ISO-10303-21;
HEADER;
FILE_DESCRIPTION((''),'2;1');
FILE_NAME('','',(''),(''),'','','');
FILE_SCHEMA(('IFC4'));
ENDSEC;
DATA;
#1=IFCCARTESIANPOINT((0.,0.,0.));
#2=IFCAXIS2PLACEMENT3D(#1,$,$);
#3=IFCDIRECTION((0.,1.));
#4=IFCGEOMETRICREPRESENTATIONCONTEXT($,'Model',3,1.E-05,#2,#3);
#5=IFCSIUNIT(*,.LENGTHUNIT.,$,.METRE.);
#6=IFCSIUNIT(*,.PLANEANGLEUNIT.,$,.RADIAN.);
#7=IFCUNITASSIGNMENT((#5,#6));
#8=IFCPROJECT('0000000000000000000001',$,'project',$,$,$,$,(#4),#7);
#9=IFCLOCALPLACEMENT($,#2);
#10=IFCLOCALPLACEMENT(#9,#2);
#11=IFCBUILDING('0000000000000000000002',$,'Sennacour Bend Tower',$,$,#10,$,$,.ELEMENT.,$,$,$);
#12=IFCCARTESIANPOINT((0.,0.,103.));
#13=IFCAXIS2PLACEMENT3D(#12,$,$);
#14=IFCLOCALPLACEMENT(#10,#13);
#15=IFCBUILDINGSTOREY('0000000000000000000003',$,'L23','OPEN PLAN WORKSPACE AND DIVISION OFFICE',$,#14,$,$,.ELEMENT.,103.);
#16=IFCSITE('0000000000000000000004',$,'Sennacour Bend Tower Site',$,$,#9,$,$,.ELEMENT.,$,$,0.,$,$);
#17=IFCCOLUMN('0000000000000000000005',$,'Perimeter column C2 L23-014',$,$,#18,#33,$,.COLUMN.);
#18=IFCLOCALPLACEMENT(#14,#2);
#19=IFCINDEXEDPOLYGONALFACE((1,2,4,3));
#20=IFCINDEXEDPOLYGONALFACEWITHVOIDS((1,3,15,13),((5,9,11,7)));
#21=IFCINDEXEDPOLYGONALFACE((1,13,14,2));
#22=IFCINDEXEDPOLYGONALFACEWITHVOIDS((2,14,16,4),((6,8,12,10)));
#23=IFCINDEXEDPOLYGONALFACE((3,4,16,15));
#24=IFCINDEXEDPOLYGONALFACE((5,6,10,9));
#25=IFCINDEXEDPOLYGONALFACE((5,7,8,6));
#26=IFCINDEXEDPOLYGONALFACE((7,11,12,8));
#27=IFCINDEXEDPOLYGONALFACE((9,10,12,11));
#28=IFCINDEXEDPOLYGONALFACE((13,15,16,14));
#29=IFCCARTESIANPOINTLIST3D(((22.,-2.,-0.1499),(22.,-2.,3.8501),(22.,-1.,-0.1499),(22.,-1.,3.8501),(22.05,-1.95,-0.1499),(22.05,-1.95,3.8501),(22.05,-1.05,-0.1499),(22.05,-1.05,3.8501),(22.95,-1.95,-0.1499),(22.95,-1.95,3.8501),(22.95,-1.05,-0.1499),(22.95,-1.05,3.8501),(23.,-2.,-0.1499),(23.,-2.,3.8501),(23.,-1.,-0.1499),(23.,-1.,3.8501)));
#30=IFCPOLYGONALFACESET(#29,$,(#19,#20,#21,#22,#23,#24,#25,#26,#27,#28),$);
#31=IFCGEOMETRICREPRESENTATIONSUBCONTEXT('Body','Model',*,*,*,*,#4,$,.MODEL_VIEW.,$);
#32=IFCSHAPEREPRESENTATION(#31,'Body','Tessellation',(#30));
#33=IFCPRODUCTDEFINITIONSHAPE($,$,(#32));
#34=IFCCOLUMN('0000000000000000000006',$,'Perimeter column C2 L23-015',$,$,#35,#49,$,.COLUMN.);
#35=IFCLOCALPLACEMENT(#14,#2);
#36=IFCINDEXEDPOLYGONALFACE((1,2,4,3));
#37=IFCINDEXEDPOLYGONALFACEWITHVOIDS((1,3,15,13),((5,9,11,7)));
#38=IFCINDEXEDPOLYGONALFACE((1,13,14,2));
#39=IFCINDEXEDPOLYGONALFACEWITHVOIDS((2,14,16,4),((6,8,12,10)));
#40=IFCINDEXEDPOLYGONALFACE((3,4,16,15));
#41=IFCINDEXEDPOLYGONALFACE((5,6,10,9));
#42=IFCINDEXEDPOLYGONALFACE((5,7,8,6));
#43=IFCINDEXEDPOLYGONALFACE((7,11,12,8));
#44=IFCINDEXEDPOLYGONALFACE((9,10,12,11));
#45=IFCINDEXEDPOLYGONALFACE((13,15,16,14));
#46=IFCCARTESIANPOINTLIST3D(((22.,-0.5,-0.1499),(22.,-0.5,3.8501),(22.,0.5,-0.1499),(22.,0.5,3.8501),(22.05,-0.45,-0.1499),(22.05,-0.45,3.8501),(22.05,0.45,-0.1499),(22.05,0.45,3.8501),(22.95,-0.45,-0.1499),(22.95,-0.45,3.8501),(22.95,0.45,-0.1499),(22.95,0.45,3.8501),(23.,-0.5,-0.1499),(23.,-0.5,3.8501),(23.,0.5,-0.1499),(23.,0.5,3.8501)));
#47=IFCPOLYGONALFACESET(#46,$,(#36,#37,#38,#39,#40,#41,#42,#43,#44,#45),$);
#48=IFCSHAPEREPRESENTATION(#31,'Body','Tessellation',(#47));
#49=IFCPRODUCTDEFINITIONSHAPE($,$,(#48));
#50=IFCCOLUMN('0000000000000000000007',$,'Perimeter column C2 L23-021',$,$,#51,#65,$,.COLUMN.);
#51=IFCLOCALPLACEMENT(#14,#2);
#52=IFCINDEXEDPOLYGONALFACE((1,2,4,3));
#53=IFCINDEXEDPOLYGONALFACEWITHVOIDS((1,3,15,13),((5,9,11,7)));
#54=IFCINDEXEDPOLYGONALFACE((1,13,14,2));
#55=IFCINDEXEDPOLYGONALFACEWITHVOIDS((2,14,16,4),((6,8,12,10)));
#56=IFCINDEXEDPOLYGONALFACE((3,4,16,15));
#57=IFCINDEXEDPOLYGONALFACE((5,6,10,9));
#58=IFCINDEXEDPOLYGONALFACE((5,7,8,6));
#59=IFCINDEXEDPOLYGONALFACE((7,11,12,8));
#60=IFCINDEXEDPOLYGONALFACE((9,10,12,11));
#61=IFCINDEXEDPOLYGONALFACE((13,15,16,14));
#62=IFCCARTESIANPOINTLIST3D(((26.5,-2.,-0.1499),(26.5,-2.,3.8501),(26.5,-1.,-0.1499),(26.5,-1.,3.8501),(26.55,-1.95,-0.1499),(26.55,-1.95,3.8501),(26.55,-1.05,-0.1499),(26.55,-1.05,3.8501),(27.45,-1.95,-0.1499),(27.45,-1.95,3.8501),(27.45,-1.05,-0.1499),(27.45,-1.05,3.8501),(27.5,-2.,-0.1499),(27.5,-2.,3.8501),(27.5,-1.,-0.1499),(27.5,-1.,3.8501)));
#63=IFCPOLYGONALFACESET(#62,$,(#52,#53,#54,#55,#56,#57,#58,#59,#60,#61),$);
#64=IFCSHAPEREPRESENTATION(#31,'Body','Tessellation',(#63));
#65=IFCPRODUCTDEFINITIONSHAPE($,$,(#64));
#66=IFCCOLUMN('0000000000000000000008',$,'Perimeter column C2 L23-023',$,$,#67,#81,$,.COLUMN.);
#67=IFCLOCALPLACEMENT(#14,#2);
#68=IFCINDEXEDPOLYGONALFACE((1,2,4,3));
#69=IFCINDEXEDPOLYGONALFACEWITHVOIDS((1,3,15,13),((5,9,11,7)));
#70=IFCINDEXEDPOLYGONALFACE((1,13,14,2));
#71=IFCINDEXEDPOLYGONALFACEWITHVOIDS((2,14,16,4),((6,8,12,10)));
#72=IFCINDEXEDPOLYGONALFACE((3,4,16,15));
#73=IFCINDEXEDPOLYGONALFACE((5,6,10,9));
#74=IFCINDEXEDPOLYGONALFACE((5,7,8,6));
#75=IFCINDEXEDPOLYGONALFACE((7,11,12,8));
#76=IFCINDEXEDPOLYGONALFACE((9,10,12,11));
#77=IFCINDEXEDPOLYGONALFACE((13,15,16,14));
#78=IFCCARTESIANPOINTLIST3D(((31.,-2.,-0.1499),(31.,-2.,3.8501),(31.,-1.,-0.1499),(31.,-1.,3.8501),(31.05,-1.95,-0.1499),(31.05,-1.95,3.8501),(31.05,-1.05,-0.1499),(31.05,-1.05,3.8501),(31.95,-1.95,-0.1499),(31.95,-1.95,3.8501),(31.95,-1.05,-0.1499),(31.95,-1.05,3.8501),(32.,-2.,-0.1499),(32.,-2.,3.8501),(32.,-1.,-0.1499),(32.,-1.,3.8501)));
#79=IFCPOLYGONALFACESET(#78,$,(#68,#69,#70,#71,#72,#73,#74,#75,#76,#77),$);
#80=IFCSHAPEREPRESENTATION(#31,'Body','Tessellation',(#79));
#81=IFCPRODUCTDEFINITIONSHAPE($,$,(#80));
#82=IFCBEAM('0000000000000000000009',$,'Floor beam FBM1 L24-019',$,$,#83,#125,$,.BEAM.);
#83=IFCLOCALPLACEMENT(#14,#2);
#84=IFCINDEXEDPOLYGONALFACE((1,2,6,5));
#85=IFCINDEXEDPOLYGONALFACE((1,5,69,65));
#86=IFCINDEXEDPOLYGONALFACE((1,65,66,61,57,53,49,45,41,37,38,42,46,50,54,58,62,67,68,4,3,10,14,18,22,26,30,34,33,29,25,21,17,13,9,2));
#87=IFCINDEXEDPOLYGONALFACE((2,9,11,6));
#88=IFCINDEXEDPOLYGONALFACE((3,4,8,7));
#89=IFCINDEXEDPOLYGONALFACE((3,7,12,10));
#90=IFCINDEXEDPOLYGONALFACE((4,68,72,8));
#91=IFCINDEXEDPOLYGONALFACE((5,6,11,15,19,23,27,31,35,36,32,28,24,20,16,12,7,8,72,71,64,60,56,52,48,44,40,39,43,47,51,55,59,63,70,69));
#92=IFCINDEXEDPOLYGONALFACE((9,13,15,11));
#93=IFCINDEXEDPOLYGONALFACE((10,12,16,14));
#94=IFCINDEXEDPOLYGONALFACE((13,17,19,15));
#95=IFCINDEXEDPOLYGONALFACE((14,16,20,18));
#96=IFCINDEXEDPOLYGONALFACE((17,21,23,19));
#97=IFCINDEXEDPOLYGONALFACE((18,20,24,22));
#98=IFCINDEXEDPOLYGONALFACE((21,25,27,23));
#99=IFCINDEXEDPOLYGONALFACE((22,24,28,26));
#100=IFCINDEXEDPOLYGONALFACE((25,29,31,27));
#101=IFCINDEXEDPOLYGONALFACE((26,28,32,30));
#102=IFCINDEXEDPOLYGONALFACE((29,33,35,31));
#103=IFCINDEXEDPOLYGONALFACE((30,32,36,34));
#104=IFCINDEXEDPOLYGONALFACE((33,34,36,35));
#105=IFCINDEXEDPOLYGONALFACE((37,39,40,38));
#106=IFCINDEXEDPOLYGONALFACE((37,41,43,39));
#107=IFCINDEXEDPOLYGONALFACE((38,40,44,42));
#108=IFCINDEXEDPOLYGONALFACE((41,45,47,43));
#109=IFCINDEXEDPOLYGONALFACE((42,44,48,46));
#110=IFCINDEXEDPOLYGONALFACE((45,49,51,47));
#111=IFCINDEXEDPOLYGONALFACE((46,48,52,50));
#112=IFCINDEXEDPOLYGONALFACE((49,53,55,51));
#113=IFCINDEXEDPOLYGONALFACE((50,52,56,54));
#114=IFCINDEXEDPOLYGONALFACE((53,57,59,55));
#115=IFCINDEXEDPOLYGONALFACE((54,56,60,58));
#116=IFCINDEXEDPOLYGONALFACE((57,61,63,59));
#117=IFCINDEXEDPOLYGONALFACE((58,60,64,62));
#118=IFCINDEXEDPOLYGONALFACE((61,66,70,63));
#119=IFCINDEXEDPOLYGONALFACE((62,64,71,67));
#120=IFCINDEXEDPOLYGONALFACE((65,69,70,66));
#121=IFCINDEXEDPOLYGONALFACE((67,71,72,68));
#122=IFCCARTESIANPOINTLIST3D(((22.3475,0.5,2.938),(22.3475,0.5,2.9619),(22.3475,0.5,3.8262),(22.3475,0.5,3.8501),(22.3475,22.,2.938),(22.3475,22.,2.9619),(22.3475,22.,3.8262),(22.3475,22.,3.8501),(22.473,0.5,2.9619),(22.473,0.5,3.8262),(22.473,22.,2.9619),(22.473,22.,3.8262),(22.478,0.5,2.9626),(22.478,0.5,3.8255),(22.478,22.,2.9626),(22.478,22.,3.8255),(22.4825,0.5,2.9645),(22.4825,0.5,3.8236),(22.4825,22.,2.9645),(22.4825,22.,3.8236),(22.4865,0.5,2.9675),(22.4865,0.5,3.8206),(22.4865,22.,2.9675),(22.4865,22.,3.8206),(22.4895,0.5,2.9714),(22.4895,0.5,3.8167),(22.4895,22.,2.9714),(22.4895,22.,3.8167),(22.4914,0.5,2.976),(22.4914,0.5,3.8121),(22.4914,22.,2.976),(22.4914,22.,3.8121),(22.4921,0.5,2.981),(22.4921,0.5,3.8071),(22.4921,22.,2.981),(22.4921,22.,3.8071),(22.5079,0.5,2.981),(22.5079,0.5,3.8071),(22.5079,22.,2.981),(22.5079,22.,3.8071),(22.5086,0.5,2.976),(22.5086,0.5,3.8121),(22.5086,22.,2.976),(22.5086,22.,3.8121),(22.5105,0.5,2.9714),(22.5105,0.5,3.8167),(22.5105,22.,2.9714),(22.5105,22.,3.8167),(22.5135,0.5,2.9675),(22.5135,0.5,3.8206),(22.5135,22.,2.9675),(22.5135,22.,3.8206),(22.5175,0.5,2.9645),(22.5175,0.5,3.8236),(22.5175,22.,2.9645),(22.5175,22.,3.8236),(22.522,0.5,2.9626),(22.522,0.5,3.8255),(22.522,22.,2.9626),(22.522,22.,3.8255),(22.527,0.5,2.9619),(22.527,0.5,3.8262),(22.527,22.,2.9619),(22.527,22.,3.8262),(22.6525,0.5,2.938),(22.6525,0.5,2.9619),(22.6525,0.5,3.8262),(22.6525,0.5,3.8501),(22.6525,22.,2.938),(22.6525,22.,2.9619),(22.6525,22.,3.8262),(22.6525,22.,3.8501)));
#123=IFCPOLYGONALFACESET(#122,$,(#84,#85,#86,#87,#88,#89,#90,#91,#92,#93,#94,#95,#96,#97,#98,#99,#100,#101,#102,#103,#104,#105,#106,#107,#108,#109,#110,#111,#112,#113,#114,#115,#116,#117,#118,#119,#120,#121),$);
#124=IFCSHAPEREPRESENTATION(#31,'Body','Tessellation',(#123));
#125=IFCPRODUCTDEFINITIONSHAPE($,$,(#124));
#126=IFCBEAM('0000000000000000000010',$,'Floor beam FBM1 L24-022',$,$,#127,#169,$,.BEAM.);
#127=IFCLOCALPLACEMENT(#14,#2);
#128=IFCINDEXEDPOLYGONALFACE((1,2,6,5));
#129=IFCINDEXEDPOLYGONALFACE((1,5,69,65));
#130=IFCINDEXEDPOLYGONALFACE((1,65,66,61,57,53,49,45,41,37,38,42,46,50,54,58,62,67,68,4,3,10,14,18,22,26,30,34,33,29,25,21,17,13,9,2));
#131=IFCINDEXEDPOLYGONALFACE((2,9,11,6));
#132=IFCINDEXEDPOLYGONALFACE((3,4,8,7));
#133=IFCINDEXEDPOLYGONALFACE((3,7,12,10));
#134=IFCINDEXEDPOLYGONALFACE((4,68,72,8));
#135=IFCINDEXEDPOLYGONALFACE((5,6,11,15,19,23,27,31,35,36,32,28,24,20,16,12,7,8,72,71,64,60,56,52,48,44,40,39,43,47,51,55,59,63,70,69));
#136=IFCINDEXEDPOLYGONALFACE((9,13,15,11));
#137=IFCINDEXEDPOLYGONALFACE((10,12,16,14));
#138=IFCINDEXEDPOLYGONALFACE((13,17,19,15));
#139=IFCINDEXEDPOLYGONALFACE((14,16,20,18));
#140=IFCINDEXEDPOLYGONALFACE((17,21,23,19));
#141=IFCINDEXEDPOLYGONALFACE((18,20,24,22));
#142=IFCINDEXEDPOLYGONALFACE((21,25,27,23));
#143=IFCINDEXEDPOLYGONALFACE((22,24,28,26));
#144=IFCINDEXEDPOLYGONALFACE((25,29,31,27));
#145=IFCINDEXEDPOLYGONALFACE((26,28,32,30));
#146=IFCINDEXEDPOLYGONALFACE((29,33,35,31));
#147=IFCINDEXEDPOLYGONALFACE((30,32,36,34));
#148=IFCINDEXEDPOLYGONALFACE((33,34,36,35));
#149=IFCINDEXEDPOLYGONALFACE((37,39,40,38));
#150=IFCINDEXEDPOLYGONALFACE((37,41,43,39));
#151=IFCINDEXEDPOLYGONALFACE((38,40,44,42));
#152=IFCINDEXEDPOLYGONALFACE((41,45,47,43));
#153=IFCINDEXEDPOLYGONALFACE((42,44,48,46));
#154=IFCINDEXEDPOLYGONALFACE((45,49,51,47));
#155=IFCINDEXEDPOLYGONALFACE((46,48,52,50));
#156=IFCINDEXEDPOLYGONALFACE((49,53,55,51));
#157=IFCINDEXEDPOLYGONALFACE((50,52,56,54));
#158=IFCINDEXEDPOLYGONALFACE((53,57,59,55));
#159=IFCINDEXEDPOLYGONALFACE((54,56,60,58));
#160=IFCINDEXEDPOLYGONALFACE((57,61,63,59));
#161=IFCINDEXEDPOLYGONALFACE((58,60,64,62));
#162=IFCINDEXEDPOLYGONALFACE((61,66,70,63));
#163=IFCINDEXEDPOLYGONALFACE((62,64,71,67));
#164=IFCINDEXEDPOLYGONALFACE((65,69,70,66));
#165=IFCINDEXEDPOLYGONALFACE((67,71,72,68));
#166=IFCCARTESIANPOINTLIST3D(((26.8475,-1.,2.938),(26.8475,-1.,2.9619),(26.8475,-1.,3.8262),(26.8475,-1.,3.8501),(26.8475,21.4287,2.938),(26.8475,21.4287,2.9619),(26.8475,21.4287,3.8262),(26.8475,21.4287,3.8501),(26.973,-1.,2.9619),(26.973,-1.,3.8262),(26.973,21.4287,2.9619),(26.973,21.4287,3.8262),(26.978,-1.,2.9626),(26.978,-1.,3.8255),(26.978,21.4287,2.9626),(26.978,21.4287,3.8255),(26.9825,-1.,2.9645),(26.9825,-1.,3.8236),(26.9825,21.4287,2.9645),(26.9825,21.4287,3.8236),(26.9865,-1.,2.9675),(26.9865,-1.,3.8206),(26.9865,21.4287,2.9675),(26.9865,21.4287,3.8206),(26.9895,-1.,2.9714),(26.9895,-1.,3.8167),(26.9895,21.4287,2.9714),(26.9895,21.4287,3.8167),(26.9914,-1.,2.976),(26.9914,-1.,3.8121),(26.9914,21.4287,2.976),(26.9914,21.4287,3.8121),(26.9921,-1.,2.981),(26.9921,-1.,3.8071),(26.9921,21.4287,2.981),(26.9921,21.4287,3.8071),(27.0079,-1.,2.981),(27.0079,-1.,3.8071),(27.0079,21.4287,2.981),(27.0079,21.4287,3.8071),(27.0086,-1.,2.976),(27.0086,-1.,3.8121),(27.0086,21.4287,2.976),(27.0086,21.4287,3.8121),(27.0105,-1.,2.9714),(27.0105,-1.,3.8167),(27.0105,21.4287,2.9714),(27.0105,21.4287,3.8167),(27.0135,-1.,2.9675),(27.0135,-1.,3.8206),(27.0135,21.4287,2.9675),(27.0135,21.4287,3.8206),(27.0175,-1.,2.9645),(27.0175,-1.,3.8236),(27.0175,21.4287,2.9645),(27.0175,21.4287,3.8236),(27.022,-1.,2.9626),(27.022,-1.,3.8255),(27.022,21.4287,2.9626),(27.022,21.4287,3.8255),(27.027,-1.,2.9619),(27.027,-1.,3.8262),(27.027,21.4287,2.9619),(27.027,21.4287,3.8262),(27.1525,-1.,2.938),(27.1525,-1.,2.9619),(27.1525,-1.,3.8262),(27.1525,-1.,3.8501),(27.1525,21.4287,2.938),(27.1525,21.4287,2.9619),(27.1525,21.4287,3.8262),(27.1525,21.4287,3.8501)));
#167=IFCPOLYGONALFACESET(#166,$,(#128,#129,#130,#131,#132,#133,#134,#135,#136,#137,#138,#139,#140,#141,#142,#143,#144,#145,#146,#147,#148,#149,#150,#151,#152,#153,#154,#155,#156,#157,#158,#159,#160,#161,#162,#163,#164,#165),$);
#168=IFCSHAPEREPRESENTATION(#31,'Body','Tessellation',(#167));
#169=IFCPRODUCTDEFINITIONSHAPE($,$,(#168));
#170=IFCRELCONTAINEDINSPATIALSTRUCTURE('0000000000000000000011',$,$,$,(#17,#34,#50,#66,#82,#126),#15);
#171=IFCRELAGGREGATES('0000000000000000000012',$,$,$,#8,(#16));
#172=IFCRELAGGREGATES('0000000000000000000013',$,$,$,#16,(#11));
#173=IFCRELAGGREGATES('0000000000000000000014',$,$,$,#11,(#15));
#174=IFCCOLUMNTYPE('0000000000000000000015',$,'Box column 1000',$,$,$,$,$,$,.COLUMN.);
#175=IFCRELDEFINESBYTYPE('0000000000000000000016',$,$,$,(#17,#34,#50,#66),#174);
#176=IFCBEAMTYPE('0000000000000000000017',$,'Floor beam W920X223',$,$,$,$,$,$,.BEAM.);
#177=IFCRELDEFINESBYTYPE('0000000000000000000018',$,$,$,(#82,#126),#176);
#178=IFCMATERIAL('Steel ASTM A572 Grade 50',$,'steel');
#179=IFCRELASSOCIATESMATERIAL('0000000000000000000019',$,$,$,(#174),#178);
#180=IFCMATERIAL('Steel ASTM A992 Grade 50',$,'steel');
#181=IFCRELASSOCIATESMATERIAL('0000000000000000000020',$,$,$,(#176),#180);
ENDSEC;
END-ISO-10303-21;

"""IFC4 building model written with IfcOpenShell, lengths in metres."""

from ifc_helpers import new_model, si_unit, direction, frame, origin, origin_2d, place, context, subcontext, project, spatial, hollow_rectangle, i_section, extrude, material, material_profile, profile_set, type_object, element, save


model = new_model("IFC4")

# Units and contexts
model_context = context("Model", 3, precision=1e-05, world=origin(), true_north=direction((0.0, 1.0)))
body_context = subcontext(model_context, "Body", "Model", "MODEL_VIEW")
ifc_project = project(units=[si_unit("LENGTHUNIT", "METRE"), si_unit("PLANEANGLEUNIT", "RADIAN")], contexts=[model_context])

# Site, building, storey
site_placement = place(None, origin())
site = spatial("IfcSite", under=ifc_project, at=site_placement, Name="Sennacour Bend Tower Site", CompositionType="ELEMENT", RefElevation=0.0)
building_placement = place(site_placement, origin())
building = spatial("IfcBuilding", under=site, at=building_placement, Name="Sennacour Bend Tower", CompositionType="ELEMENT")
storey_placement = place(building_placement, frame((0.0, 0.0, 103.0)))
storey = spatial("IfcBuildingStorey", under=building, at=storey_placement, Name="L23", Description="OPEN PLAN WORKSPACE AND DIVISION OFFICE", CompositionType="ELEMENT", Elevation=103.0)

# Columns
ifc_material_1 = material(Name="Steel ASTM A572 Grade 50", Category="steel")
ifc_material_profile_1 = material_profile(ifc_material_1, hollow_rectangle(XDim=1.0, YDim=1.0, WallThickness=0.05, at=origin_2d()), Name="Steel ASTM A572 Grade 50", Category="steel")
ifc_profile_set_1 = profile_set([ifc_material_profile_1], Name="Steel ASTM A572 Grade 50")
column_type = type_object("IfcColumnType", Name="Box column 1000", PredefinedType="COLUMN", material=ifc_profile_set_1)
for number, where, z_axis, x_axis, name in (
    (1, (22.5, -1.5, -0.1499), (0.0, 0.0, 1.0), (1.0, 0.0, 0.0), "Perimeter column C2 L23-014"),
    (2, (22.5, 0.0, -0.1499), (0.0, 0.0, 1.0), (1.0, 0.0, 0.0), "Perimeter column C2 L23-015"),
    (3, (27.0, -1.5, -0.1499), (0.0, 0.0, 1.0), (1.0, 0.0, 0.0), "Perimeter column C2 L23-021"),
    (4, (31.5, -1.5, -0.1499), (0.0, 0.0, 1.0), (1.0, 0.0, 0.0), "Perimeter column C2 L23-023"),
):
    element("IfcColumn", number, at=place(storey_placement, frame(where, z_axis=z_axis, x_axis=x_axis)), inside=storey, type_object=column_type, Name=name, PredefinedType="COLUMN", context=body_context, shape_type="SweptSolid", body=[
        extrude(hollow_rectangle(XDim=1.0, YDim=1.0, WallThickness=0.05, at=origin_2d()), origin(), (0.0, 0.0, 1.0), 4.0),
    ])

# Beams
ifc_material_2 = material(Name="Steel ASTM A992 Grade 50", Category="steel")
ifc_material_profile_2 = material_profile(ifc_material_2, i_section(OverallWidth=0.3049, OverallDepth=0.9121, WebThickness=0.0159, FlangeThickness=0.0239, FilletRadius=0.019, at=origin_2d()), Name="Steel ASTM A992 Grade 50", Category="steel")
ifc_profile_set_2 = profile_set([ifc_material_profile_2], Name="Steel ASTM A992 Grade 50")
beam_type_1 = type_object("IfcBeamType", Name="Floor beam W920X223", PredefinedType="BEAM", material=ifc_profile_set_2)
beam_1_placement = place(storey_placement, frame((22.5, 0.5, 3.394), z_axis=(0.0, 1.0, 0.0), x_axis=(-1.0, 0.0, 0.0)))
element("IfcBeam", 5, at=beam_1_placement, inside=storey, type_object=beam_type_1, Name="Floor beam FBM1 L24-019", PredefinedType="BEAM", context=body_context, shape_type="SweptSolid", body=[
    extrude(i_section(OverallWidth=0.3049, OverallDepth=0.9121, WebThickness=0.0159, FlangeThickness=0.0239, FilletRadius=0.019, at=origin_2d()), origin(), (0.0, 0.0, 1.0), 21.5),
])
beam_2_placement = place(storey_placement, frame((27.0, -1.0, 3.394), z_axis=(0.0, 1.0, 0.0), x_axis=(-1.0, 0.0, 0.0)))
element("IfcBeam", 6, at=beam_2_placement, inside=storey, type_object=beam_type_1, Name="Floor beam FBM1 L24-022", PredefinedType="BEAM", context=body_context, shape_type="SweptSolid", body=[
    extrude(i_section(OverallWidth=0.3049, OverallDepth=0.9121, WebThickness=0.0159, FlangeThickness=0.0239, FilletRadius=0.019, at=origin_2d()), origin(), (0.0, 0.0, 1.0), 22.4287),
])

save(model, "model.ifc")
